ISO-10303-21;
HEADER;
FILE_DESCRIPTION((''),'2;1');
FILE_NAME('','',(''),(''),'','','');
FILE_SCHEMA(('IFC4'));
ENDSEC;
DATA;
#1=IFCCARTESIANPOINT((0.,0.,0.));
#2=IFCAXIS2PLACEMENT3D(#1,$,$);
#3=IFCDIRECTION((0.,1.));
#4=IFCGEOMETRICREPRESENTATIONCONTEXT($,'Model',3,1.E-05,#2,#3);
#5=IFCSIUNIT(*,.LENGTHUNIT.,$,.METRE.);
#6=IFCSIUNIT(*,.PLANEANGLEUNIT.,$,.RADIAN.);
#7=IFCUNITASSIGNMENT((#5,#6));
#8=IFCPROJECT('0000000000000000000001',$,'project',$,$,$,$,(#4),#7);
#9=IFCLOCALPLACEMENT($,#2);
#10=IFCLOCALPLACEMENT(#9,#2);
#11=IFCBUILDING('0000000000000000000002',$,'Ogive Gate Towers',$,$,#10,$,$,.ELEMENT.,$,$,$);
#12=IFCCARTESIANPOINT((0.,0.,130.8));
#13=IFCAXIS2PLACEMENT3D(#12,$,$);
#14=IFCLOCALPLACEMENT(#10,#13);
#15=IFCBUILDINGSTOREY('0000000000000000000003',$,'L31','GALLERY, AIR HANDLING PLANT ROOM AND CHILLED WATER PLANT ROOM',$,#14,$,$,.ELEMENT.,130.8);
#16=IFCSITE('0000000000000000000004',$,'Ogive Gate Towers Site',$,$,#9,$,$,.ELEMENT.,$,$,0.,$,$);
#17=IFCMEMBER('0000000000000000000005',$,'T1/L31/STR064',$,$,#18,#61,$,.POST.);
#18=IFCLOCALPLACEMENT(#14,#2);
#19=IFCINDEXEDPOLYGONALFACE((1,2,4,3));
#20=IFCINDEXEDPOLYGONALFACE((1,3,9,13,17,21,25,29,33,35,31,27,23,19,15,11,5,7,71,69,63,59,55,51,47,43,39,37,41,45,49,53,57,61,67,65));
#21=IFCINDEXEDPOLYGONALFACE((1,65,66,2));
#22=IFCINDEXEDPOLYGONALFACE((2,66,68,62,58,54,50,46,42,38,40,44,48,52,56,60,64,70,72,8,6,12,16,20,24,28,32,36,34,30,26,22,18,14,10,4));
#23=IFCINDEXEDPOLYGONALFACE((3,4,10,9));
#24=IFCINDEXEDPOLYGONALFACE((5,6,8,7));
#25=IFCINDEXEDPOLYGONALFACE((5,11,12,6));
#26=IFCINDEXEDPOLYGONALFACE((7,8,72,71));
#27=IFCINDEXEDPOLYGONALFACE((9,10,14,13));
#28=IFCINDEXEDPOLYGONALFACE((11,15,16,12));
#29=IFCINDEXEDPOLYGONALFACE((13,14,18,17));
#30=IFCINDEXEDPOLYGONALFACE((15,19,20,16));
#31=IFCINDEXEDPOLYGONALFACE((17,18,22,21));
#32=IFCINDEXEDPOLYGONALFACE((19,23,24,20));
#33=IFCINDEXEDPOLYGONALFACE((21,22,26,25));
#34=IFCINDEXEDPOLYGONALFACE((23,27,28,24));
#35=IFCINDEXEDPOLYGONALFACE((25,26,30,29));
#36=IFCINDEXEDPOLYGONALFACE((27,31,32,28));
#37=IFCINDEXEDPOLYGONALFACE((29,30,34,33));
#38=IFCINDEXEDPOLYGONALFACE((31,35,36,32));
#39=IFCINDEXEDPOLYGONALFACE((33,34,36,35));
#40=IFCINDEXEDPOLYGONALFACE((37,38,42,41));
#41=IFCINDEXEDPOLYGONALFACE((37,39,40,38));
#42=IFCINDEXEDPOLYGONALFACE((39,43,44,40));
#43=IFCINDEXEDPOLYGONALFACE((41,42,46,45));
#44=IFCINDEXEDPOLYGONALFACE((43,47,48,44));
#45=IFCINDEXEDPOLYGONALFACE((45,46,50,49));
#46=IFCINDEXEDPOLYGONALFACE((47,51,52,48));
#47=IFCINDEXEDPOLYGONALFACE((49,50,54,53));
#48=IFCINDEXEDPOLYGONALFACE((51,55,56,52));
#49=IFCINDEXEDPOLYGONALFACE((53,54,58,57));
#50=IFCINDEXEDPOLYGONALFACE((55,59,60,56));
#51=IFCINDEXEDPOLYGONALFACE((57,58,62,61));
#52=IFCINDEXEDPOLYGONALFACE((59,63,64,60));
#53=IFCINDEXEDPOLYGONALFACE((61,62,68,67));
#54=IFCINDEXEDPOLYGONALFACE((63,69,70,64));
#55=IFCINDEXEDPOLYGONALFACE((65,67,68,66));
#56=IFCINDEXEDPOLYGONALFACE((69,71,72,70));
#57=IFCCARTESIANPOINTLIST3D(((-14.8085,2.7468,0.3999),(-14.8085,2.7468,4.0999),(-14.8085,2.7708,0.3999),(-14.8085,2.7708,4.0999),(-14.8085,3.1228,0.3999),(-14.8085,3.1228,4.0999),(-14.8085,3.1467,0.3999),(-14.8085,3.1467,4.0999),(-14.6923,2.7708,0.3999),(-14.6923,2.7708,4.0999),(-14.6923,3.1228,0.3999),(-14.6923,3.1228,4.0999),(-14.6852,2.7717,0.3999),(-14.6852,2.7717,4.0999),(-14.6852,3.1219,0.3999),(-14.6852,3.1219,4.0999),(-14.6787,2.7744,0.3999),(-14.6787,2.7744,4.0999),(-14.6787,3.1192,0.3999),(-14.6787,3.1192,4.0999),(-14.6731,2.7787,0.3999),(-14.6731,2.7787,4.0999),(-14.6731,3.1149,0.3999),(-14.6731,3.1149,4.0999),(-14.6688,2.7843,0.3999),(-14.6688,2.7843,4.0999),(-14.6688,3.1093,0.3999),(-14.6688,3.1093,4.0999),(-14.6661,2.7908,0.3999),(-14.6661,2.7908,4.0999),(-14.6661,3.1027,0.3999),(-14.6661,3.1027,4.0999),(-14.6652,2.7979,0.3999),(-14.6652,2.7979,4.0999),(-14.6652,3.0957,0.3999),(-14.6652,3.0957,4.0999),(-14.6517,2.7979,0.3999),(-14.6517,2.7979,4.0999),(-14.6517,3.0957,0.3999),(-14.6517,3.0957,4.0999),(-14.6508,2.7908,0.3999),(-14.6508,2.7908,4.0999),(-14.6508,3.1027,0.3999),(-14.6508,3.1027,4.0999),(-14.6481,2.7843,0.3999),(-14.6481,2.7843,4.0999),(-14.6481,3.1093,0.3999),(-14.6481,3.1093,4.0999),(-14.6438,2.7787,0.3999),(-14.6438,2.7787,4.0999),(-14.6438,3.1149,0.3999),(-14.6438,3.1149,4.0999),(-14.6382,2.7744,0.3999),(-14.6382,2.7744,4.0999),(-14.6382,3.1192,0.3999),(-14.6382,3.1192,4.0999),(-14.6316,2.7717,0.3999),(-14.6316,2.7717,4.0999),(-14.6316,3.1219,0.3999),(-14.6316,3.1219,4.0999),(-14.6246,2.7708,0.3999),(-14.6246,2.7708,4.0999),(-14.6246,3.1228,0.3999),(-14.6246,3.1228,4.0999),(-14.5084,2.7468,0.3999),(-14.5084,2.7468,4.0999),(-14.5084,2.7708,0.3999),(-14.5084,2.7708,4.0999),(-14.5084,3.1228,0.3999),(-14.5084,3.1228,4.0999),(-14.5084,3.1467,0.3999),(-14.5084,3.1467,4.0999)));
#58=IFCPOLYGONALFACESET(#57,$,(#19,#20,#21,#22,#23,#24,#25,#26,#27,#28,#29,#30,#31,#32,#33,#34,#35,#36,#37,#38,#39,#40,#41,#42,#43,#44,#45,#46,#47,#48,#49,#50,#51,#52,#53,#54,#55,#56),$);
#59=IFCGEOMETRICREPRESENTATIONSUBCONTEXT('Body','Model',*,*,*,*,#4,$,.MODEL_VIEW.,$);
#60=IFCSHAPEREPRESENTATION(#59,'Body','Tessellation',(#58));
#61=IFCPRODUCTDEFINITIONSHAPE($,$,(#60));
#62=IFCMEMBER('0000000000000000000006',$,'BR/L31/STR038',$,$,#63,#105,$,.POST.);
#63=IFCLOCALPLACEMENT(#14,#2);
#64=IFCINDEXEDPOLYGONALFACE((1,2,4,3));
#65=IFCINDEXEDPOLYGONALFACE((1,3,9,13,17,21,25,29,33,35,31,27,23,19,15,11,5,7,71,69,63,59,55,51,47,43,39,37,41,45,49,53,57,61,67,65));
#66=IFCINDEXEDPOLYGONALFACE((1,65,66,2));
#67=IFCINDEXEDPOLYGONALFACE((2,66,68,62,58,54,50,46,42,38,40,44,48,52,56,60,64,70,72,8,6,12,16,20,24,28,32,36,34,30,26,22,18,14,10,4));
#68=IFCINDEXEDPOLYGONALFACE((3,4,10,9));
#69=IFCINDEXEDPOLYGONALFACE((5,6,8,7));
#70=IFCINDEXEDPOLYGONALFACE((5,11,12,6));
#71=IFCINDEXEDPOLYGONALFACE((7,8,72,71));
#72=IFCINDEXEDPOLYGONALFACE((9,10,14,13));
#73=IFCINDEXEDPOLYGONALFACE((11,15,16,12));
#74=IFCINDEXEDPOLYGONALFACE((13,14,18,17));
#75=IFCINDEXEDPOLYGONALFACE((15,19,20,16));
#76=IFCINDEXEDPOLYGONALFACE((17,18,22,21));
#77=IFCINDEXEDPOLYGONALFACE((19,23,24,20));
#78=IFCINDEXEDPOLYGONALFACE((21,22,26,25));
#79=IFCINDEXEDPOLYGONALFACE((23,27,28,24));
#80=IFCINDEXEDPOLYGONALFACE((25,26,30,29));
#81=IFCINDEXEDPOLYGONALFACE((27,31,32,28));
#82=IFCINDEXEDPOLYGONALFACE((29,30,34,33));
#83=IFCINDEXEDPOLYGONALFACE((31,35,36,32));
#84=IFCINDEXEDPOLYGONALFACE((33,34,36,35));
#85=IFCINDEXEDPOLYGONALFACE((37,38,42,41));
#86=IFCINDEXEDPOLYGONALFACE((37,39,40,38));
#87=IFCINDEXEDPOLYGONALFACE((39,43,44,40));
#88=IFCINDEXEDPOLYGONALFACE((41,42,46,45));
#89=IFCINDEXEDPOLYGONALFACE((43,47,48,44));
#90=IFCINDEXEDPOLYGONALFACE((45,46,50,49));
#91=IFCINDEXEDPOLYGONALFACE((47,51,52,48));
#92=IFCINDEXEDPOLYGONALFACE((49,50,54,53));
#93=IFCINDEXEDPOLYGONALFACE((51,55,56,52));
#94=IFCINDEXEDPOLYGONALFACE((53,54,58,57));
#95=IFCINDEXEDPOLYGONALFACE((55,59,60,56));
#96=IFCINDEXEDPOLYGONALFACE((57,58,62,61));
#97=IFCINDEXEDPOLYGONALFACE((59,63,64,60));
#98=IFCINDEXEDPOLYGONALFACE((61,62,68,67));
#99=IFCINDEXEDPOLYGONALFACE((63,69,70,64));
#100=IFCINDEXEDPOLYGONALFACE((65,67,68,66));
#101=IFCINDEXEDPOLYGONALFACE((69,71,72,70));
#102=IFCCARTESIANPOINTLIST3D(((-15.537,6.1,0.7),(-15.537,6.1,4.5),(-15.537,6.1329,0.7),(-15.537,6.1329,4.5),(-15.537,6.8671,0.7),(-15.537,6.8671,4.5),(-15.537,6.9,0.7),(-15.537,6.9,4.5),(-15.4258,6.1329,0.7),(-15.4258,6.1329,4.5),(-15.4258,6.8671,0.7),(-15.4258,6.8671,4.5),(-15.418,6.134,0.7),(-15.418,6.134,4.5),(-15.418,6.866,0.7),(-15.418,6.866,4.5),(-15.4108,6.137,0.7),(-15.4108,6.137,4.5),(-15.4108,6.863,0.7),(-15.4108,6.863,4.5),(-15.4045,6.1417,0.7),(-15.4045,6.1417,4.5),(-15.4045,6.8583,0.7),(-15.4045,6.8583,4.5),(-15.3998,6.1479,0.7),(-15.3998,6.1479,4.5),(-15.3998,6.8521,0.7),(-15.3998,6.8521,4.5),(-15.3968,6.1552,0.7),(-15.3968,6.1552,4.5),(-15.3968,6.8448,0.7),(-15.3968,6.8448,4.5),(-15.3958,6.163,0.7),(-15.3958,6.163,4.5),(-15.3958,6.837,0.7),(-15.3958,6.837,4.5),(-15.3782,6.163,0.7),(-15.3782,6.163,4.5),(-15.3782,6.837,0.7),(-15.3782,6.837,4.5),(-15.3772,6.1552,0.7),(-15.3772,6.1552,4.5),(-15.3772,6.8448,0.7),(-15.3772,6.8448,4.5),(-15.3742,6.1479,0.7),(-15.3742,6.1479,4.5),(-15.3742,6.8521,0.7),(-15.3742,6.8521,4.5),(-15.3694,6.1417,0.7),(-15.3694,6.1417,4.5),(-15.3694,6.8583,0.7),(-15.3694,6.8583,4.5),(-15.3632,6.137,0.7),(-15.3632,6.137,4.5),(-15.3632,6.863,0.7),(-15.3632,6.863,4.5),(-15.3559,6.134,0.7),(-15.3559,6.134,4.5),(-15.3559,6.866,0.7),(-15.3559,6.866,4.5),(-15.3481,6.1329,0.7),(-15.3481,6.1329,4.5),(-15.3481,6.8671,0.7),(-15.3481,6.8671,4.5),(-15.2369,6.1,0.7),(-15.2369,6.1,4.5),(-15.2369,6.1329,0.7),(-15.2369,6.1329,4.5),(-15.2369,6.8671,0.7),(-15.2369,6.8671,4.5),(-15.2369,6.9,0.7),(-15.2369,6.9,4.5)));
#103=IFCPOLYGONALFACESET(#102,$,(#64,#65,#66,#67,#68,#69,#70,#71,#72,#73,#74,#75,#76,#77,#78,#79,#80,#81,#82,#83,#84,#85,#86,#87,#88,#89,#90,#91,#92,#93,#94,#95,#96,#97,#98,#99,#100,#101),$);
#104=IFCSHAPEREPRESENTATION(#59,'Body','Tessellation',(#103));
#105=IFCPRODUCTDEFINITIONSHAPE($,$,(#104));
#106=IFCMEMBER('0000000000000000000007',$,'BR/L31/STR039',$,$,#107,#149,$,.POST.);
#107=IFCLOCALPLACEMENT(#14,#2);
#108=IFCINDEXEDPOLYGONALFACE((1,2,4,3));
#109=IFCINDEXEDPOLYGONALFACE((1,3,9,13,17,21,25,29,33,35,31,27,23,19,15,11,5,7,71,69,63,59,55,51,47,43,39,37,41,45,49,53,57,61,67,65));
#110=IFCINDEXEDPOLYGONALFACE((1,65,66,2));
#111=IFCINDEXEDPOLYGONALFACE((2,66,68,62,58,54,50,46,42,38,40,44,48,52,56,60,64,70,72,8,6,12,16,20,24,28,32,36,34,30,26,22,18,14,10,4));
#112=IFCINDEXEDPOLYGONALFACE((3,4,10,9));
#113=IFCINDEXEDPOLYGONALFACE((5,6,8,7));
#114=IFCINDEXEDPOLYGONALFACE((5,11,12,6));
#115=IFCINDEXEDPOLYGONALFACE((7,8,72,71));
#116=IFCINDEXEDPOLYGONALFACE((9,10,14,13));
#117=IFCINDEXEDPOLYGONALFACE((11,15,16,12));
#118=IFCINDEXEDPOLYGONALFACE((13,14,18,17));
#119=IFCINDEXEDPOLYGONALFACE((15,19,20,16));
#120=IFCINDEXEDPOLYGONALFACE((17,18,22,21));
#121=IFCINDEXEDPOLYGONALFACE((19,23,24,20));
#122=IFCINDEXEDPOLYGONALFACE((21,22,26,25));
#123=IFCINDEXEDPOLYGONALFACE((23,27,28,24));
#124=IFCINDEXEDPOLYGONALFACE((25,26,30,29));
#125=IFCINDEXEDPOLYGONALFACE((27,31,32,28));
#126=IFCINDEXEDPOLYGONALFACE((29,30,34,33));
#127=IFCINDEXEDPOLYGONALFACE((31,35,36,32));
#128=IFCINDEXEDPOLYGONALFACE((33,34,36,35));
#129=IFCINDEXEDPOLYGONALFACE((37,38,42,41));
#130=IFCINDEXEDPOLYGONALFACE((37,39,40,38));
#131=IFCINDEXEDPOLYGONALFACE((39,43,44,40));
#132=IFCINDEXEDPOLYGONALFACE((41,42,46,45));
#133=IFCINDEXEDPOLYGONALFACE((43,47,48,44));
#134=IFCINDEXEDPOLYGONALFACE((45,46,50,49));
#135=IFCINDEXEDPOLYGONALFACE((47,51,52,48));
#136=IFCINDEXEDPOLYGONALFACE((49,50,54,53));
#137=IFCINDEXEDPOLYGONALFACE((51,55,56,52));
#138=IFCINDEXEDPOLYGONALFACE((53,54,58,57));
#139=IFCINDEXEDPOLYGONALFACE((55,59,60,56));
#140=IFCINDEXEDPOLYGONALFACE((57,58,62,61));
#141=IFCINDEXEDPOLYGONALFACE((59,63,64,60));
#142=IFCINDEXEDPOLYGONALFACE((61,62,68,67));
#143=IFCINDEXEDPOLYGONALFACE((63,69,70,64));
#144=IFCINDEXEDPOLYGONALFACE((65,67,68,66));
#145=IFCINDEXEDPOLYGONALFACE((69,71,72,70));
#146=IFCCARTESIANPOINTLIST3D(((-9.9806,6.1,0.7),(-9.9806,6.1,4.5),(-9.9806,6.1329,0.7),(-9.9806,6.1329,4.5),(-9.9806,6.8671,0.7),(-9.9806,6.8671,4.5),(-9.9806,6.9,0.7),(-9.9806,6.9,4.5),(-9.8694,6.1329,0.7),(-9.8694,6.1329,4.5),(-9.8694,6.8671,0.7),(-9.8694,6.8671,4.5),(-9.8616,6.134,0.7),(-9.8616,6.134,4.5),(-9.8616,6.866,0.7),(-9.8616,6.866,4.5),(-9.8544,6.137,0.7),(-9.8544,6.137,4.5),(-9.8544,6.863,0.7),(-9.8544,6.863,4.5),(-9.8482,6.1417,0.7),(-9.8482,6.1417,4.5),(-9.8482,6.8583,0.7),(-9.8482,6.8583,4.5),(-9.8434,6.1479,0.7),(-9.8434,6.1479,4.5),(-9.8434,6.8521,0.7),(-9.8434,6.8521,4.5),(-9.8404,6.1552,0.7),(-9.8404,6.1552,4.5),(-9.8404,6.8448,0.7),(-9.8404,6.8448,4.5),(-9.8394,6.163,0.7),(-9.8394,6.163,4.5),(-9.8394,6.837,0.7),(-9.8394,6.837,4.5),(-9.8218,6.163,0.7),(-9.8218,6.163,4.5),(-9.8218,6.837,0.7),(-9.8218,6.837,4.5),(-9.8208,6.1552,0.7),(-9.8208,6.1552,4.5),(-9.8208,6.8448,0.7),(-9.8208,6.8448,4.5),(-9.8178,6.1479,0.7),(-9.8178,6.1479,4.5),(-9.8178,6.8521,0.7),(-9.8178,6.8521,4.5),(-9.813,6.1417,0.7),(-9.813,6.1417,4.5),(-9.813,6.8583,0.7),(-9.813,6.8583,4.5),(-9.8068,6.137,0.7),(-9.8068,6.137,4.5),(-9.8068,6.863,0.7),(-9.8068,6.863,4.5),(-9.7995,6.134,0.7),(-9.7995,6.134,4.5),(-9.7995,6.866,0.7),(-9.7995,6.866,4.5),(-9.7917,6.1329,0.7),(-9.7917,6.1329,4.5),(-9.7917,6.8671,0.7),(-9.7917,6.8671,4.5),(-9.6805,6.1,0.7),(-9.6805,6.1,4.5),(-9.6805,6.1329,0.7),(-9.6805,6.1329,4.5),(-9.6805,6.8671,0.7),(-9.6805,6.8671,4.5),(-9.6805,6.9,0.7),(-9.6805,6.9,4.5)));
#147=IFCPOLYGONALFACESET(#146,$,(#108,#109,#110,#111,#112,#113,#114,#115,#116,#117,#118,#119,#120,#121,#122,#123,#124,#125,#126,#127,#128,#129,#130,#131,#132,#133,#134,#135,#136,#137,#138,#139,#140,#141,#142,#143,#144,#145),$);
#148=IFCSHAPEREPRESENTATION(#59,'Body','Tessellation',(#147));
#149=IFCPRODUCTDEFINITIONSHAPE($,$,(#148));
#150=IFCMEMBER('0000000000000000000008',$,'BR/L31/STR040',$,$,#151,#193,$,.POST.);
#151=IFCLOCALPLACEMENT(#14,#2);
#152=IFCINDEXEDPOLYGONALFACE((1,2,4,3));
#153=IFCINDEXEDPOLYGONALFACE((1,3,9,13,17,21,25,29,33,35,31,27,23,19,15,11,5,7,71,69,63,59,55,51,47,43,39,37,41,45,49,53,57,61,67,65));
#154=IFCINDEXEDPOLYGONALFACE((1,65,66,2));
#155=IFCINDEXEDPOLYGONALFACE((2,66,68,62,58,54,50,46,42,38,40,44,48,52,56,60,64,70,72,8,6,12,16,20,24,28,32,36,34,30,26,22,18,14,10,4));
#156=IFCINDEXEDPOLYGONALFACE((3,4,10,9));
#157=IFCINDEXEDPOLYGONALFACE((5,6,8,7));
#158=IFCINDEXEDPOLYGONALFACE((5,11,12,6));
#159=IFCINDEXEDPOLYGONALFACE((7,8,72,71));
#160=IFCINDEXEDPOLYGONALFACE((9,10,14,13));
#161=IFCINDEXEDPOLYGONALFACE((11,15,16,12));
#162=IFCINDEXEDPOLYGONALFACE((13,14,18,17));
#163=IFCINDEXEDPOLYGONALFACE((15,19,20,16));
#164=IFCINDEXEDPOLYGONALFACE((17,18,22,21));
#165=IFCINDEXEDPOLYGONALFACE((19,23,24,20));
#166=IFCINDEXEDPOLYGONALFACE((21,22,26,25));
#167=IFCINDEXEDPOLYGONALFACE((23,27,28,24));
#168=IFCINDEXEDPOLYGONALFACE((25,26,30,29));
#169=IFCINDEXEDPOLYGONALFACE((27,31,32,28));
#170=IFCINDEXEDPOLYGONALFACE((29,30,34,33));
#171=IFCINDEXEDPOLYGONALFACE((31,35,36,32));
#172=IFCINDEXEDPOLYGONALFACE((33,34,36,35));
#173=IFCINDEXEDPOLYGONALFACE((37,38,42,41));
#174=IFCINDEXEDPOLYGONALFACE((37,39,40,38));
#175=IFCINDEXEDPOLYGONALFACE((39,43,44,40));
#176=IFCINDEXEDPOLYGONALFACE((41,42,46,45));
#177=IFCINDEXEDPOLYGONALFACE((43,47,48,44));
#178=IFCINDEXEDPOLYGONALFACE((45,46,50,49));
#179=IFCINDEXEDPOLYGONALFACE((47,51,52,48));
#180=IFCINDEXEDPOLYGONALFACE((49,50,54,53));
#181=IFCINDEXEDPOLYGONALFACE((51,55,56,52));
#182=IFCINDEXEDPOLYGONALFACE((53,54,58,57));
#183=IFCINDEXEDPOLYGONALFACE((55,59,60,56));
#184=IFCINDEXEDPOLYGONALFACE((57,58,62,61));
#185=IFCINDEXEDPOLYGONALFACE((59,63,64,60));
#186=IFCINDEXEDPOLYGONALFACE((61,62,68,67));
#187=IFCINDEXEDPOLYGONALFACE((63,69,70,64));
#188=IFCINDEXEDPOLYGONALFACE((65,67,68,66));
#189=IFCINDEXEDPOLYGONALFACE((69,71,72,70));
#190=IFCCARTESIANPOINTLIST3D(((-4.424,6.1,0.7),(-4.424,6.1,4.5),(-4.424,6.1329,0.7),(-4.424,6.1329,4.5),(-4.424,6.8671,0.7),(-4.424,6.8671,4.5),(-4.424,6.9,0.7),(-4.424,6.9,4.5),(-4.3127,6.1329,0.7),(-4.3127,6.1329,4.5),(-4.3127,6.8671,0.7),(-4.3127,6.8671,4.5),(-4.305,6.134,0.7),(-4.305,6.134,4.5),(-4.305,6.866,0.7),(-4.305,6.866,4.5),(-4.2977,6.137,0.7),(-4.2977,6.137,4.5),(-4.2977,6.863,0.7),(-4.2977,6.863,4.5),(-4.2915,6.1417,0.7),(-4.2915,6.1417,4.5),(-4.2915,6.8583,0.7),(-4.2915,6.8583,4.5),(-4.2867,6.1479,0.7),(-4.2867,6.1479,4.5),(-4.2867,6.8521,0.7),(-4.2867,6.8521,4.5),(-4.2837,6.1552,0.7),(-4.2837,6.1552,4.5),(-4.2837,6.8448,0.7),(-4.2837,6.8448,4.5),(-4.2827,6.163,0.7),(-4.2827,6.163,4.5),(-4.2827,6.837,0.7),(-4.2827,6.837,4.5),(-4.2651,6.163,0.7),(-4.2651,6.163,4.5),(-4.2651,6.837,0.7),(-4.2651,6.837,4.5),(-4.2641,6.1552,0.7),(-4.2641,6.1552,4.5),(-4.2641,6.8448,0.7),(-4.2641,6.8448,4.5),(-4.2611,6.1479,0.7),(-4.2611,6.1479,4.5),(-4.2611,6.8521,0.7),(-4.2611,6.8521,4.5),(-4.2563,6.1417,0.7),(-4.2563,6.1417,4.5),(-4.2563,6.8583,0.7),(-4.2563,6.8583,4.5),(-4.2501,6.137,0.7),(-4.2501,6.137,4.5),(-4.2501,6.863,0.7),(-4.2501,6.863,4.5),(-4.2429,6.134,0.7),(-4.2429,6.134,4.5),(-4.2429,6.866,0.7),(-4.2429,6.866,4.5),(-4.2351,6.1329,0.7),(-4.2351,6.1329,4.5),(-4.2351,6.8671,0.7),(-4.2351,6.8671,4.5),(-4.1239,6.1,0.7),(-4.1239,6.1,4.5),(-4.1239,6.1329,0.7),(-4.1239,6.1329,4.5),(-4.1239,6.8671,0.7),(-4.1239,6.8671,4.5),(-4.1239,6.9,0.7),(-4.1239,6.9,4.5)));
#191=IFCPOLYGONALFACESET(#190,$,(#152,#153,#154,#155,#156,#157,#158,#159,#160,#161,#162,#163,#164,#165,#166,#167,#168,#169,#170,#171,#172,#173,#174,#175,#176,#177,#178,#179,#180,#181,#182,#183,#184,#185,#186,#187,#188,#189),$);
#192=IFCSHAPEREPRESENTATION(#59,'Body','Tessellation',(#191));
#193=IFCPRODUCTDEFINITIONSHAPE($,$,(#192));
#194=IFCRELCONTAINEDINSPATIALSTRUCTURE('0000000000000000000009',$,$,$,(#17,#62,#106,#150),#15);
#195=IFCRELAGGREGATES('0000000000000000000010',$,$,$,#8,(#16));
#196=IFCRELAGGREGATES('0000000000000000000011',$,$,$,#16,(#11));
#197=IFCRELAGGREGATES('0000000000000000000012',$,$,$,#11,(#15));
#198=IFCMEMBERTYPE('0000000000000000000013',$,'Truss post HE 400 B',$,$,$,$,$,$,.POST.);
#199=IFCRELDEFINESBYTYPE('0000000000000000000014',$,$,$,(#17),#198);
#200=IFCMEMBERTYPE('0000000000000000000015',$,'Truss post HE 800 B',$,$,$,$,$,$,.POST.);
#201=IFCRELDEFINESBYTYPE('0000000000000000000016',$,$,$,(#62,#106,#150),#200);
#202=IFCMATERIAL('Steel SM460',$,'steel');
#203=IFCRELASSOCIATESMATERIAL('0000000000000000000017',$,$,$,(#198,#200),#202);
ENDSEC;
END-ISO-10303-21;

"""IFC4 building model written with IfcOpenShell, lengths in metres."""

from ifc_helpers import new_model, si_unit, direction, frame, origin, origin_2d, place, context, subcontext, project, spatial, i_section, extrude, material, material_profile, profile_set, type_object, element, save


model = new_model("IFC4")

# Units and contexts
model_context = context("Model", 3, precision=1e-05, world=origin(), true_north=direction((0.0, 1.0)))
body_context = subcontext(model_context, "Body", "Model", "MODEL_VIEW")
ifc_project = project(units=[si_unit("LENGTHUNIT", "METRE"), si_unit("PLANEANGLEUNIT", "RADIAN")], contexts=[model_context])

# Site, building, storey
site_placement = place(None, origin())
site = spatial("IfcSite", under=ifc_project, at=site_placement, Name="Ogive Gate Towers Site", CompositionType="ELEMENT", RefElevation=0.0)
building_placement = place(site_placement, origin())
building = spatial("IfcBuilding", under=site, at=building_placement, Name="Ogive Gate Towers", CompositionType="ELEMENT")
storey_placement = place(building_placement, frame((0.0, 0.0, 130.8)))
storey = spatial("IfcBuildingStorey", under=building, at=storey_placement, Name="L31", Description="GALLERY, AIR HANDLING PLANT ROOM AND CHILLED WATER PLANT ROOM", CompositionType="ELEMENT", Elevation=130.8)

# Shared definitions
ifc_material_1 = material(Name="Steel SM460", Category="steel")

# Members
ifc_material_profile_1 = material_profile(ifc_material_1, i_section(OverallWidth=0.3, OverallDepth=0.3999, WebThickness=0.0134, FlangeThickness=0.0239, FilletRadius=0.0271, at=origin_2d()), Name="HE 400 B")
ifc_profile_set_1 = profile_set([ifc_material_profile_1], Name="Steel SM460")
member_type_1 = type_object("IfcMemberType", Name="Truss post HE 400 B", PredefinedType="POST", material=ifc_profile_set_1)
for number, where, z_axis, x_axis, name in (
    (1, (-14.6584, 2.9468, 0.3999), (0.0, 0.0, 1.0), (1.0, 0.0, 0.0), "T1/L31/STR064"),
):
    element("IfcMember", number, at=place(storey_placement, frame(where, z_axis=z_axis, x_axis=x_axis)), inside=storey, type_object=member_type_1, Name=name, PredefinedType="POST", context=body_context, shape_type="SweptSolid", body=[
        extrude(i_section(OverallWidth=0.3, OverallDepth=0.3999, WebThickness=0.0134, FlangeThickness=0.0239, FilletRadius=0.0271, at=origin_2d()), origin(), (0.0, 0.0, 1.0), 3.7),
    ])
ifc_material_profile_2 = material_profile(ifc_material_1, i_section(OverallWidth=0.3, OverallDepth=0.8, WebThickness=0.0176, FlangeThickness=0.033, FilletRadius=0.03, at=origin_2d()), Name="HE 800 B")
ifc_profile_set_2 = profile_set([ifc_material_profile_2], Name="Steel SM460")
member_type_2 = type_object("IfcMemberType", Name="Truss post HE 800 B", PredefinedType="POST", material=ifc_profile_set_2)
for number, where, z_axis, x_axis, name in (
    (2, (-15.387, 6.5, 0.7), (0.0, 0.0, 1.0), (1.0, 0.0, 0.0), "BR/L31/STR038"),
    (3, (-9.8306, 6.5, 0.7), (0.0, 0.0, 1.0), (1.0, 0.0, 0.0), "BR/L31/STR039"),
    (4, (-4.2739, 6.5, 0.7), (0.0, 0.0, 1.0), (1.0, 0.0, 0.0), "BR/L31/STR040"),
):
    element("IfcMember", number, at=place(storey_placement, frame(where, z_axis=z_axis, x_axis=x_axis)), inside=storey, type_object=member_type_2, Name=name, PredefinedType="POST", context=body_context, shape_type="SweptSolid", body=[
        extrude(i_section(OverallWidth=0.3, OverallDepth=0.8, WebThickness=0.0176, FlangeThickness=0.033, FilletRadius=0.03, at=origin_2d()), origin(), (0.0, 0.0, 1.0), 3.8),
    ])

save(model, "model.ifc")
